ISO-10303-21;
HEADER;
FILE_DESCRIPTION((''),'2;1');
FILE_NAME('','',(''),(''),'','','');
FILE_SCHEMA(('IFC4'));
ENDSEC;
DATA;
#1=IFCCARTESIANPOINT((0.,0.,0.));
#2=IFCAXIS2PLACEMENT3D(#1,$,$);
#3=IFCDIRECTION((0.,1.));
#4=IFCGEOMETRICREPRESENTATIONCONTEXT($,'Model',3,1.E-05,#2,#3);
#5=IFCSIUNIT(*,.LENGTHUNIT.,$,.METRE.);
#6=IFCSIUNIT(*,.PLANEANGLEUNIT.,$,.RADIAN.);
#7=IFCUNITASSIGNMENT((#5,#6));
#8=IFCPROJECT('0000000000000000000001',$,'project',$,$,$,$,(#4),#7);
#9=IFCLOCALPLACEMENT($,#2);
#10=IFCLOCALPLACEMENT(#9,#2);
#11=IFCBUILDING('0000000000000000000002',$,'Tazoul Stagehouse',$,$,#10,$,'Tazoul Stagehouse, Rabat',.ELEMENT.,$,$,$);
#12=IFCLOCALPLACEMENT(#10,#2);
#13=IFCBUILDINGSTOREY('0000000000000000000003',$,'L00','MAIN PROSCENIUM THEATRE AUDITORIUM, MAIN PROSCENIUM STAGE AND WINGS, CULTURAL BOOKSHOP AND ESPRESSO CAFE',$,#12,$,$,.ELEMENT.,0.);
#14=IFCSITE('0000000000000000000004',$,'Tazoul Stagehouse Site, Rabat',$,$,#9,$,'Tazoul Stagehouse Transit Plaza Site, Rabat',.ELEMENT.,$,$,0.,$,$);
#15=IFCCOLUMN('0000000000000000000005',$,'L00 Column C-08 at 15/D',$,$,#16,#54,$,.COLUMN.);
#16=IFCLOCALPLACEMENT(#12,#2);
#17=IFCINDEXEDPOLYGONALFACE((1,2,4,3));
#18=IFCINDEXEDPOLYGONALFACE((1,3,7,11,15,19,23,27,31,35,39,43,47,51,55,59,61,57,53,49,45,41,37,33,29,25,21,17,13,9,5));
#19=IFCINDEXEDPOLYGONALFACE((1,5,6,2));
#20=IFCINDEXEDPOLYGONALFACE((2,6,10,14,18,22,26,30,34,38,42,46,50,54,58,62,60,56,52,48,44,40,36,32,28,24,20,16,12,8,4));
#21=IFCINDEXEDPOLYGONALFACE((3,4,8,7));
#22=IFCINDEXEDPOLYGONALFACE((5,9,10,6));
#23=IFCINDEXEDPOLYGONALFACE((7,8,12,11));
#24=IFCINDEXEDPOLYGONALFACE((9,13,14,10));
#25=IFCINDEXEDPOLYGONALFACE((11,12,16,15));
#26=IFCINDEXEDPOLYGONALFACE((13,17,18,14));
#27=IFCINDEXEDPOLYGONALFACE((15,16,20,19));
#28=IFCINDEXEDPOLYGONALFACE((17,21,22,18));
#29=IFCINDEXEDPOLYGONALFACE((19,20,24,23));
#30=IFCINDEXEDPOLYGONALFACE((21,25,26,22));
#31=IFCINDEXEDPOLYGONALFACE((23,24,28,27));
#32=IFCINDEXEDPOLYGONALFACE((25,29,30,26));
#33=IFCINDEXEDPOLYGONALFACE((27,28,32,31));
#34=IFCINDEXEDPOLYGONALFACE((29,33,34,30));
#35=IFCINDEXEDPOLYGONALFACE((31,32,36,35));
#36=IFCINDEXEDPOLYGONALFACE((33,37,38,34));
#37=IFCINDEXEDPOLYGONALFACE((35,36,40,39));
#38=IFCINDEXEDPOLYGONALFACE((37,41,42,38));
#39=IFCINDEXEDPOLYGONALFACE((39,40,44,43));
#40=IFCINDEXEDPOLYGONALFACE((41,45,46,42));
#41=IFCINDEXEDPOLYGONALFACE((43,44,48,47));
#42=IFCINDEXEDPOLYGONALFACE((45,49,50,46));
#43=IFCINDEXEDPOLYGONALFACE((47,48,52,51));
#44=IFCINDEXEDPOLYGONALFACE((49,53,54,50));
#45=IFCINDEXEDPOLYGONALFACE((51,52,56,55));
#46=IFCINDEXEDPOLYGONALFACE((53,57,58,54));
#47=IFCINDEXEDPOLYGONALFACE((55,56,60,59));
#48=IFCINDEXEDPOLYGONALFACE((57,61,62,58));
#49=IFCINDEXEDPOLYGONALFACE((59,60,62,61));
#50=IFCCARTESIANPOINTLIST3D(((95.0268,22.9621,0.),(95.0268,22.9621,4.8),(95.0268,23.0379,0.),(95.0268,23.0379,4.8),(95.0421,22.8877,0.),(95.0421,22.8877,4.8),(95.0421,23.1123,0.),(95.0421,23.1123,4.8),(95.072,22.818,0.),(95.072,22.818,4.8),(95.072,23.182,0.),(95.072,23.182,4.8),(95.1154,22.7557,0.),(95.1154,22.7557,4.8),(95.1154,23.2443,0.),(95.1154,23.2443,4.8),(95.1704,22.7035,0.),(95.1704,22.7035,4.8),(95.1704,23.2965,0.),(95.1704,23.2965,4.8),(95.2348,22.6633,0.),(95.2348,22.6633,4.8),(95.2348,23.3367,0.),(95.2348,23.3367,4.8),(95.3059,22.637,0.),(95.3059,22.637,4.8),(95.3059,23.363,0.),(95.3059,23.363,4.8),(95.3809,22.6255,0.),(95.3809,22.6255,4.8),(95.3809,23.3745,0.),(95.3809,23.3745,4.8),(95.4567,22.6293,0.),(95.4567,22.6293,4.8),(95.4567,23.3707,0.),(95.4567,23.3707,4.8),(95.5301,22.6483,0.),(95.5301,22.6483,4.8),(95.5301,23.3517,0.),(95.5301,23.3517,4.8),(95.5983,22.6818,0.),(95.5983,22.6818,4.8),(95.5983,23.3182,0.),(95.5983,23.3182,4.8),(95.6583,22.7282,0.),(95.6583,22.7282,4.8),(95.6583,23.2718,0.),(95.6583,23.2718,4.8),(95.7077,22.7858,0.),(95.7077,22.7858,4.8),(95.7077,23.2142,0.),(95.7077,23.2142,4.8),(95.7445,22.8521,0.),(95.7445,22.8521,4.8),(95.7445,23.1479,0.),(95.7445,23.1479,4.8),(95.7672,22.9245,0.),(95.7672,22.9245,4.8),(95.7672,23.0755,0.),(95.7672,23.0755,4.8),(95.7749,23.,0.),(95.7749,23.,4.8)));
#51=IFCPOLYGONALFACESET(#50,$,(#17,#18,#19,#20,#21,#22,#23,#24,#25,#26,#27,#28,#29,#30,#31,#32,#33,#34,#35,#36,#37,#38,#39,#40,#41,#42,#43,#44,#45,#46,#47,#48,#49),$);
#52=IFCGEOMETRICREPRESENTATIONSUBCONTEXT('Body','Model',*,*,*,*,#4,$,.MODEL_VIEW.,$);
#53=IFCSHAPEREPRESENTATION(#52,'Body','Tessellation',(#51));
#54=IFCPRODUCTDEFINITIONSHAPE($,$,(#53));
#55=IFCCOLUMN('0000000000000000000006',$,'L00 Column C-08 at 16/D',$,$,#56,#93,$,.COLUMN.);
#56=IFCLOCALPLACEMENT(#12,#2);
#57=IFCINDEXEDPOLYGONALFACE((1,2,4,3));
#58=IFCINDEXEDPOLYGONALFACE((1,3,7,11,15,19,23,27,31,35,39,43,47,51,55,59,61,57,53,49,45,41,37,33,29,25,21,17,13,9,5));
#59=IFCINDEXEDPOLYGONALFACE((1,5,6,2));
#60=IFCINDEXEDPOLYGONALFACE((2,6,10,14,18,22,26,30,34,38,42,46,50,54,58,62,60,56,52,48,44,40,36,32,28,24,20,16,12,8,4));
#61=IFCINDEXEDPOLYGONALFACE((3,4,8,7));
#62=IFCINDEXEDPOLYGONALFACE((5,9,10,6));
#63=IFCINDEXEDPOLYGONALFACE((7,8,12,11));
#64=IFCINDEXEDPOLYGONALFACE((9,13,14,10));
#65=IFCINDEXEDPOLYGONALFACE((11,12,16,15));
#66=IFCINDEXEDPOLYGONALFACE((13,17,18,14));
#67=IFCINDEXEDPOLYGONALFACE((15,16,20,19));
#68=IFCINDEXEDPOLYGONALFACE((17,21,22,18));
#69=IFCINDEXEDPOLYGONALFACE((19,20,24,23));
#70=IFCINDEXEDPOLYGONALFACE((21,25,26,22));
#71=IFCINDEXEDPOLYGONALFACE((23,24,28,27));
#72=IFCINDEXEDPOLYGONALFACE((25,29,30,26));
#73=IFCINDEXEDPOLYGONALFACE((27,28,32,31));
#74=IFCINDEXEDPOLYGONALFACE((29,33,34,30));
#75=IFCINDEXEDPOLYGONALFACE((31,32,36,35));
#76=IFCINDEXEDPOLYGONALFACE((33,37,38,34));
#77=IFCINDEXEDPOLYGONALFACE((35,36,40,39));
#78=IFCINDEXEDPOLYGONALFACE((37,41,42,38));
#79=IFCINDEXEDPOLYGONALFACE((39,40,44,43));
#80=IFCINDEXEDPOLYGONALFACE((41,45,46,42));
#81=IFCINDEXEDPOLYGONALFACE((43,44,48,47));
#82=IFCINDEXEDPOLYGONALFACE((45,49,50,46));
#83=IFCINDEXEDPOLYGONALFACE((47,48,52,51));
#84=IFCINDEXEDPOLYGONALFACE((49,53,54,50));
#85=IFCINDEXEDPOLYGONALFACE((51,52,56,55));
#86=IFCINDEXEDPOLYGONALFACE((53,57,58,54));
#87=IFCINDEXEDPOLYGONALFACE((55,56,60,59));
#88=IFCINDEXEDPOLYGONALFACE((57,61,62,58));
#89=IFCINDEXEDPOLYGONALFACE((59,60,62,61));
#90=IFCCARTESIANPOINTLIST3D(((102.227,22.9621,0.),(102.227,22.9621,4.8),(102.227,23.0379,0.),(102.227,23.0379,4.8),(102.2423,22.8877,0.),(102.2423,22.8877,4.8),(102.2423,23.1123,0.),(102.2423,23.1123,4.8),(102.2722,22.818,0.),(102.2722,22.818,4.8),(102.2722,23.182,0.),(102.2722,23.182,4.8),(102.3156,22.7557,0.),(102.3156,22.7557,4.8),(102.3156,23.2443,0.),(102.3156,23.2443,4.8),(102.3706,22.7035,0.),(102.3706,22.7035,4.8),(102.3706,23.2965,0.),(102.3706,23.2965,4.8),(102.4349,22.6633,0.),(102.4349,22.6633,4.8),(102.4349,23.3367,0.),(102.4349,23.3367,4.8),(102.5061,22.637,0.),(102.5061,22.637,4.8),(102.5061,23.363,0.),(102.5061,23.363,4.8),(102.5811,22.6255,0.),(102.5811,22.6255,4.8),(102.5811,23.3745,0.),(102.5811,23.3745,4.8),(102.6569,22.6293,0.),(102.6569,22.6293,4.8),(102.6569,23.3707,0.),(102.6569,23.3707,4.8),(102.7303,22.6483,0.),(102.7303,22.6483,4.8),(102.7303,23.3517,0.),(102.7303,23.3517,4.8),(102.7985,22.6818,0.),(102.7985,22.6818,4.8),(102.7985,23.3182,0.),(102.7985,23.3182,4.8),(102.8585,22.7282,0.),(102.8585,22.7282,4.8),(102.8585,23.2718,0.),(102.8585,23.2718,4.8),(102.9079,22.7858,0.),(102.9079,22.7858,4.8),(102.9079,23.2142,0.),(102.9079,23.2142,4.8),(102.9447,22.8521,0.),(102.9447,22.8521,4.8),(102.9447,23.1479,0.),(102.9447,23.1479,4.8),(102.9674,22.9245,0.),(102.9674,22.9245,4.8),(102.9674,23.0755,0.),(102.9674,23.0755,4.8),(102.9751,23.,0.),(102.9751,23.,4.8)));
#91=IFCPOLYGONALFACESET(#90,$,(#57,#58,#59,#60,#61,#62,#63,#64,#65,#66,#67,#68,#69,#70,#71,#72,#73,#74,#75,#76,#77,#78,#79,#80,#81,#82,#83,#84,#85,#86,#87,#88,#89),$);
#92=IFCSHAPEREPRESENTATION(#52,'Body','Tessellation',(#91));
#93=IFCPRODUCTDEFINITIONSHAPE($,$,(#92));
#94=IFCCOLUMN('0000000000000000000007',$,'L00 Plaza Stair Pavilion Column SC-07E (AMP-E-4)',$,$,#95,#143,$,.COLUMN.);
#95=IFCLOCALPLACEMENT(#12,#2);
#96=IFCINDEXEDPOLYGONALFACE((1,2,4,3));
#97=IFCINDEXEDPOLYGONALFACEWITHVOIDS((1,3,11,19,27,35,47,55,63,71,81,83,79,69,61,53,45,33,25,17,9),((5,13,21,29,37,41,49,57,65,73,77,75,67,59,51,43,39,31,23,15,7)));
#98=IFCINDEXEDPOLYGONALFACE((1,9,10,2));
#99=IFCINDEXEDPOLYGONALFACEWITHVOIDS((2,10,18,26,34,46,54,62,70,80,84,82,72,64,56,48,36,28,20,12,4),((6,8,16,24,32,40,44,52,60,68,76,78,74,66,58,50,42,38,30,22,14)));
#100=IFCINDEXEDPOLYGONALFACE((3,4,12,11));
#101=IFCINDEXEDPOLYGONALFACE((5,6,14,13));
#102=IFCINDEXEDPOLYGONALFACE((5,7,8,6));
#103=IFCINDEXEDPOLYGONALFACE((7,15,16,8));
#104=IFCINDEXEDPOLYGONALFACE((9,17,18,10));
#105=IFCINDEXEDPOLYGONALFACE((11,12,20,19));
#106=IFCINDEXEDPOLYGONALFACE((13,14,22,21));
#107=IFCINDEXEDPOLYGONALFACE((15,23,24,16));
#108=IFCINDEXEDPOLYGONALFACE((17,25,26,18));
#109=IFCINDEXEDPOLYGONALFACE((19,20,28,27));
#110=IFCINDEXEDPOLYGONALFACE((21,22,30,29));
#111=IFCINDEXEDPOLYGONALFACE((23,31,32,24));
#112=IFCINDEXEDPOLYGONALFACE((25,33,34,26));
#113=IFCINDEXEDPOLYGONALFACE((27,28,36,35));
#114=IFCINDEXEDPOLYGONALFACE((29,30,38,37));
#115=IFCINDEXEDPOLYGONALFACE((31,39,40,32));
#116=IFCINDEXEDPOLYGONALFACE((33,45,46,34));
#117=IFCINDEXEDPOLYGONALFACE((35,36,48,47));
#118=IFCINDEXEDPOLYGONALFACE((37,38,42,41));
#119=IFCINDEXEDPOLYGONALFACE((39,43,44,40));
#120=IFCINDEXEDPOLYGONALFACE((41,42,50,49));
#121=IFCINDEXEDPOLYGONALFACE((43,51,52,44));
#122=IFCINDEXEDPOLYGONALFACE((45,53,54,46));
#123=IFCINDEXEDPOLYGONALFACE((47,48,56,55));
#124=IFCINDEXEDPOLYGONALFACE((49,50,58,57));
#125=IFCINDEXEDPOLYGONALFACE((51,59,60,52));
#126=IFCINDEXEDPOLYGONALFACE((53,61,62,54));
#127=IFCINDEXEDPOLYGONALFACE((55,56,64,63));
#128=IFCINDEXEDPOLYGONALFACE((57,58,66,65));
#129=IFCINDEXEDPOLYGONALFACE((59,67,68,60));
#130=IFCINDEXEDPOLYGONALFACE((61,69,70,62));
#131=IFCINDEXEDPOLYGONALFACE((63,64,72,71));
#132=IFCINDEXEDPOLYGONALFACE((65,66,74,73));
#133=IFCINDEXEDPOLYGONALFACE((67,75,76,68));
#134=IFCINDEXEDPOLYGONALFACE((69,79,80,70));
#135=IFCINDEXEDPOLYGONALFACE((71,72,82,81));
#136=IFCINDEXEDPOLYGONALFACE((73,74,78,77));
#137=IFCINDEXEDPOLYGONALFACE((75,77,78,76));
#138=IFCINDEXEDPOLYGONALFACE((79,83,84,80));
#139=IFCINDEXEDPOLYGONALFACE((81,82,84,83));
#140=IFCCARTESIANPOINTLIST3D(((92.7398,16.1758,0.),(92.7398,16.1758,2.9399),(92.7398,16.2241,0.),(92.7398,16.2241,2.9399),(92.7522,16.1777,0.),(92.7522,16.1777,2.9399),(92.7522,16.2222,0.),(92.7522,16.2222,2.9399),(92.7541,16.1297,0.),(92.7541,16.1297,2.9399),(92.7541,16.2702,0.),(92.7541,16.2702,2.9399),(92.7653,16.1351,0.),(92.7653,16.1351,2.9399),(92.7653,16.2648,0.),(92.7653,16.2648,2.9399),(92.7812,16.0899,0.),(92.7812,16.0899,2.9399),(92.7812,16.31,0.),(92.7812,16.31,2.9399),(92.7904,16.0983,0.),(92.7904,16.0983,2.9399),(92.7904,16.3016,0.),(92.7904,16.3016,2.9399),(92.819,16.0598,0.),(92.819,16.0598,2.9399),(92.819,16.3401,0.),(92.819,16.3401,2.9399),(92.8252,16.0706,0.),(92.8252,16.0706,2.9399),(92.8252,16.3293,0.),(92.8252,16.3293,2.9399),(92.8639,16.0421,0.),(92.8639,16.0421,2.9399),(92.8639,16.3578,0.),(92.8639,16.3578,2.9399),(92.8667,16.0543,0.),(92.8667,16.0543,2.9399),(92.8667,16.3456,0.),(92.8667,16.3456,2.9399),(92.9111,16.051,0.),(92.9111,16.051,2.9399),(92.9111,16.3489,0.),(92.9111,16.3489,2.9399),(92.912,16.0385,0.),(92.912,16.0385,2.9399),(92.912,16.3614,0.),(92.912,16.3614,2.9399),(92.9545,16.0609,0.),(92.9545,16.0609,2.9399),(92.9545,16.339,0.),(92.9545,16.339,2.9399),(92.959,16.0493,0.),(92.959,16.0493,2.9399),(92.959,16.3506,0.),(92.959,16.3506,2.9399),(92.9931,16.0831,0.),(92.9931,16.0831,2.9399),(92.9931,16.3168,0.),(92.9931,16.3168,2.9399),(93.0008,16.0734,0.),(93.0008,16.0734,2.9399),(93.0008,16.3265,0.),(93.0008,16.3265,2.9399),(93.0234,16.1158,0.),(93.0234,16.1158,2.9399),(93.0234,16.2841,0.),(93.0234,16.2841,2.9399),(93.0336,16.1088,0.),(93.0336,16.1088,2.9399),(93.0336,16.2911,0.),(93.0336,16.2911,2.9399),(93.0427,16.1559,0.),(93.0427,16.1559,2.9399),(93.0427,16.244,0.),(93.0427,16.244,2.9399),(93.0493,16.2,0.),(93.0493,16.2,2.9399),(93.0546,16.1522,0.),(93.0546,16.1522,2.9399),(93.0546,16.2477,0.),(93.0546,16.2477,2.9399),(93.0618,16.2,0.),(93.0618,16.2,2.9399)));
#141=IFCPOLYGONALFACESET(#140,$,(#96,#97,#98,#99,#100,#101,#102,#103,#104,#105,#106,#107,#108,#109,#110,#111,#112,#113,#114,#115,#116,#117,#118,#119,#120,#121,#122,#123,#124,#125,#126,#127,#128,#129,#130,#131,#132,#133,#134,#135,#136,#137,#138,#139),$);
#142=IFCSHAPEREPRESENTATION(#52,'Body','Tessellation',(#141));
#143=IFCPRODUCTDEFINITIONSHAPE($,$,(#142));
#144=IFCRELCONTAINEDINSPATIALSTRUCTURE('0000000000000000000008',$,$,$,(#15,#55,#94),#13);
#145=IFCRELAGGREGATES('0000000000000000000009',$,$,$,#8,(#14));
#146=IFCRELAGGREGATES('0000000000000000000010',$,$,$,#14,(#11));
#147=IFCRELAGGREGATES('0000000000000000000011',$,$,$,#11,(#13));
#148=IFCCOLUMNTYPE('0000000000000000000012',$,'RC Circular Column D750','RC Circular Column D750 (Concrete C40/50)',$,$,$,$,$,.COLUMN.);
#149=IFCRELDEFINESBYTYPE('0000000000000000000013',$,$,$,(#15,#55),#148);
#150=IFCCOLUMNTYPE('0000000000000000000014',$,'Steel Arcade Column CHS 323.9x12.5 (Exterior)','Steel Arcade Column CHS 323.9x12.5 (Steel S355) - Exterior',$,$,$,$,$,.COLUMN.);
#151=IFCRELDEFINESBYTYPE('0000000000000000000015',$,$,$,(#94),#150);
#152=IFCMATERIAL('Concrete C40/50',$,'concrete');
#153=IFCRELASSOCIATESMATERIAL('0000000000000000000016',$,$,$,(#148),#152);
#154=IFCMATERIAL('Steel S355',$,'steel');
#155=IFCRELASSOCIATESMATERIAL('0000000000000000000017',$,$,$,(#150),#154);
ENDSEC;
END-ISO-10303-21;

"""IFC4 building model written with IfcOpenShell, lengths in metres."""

from ifc_helpers import new_model, si_unit, direction, frame, origin, origin_2d, place, context, subcontext, project, spatial, circle, hollow_circle, extrude, material, material_profile, profile_set, type_object, element, save


model = new_model("IFC4")

# Units and contexts
model_context = context("Model", 3, precision=1e-05, world=origin(), true_north=direction((0.0, 1.0)))
body_context = subcontext(model_context, "Body", "Model", "MODEL_VIEW")
ifc_project = project(units=[si_unit("LENGTHUNIT", "METRE"), si_unit("PLANEANGLEUNIT", "RADIAN")], contexts=[model_context])

# Site, building, storey
site_placement = place(None, origin())
site = spatial("IfcSite", under=ifc_project, at=site_placement, Name="Tazoul Stagehouse Site, Rabat", LongName="Tazoul Stagehouse Transit Plaza Site, Rabat", CompositionType="ELEMENT", RefElevation=0.0)
building_placement = place(site_placement, origin())
building = spatial("IfcBuilding", under=site, at=building_placement, Name="Tazoul Stagehouse", LongName="Tazoul Stagehouse, Rabat", CompositionType="ELEMENT")
storey_placement = place(building_placement, origin())
storey = spatial("IfcBuildingStorey", under=building, at=storey_placement, Name="L00", Description="MAIN PROSCENIUM THEATRE AUDITORIUM, MAIN PROSCENIUM STAGE AND WINGS, CULTURAL BOOKSHOP AND ESPRESSO CAFE", CompositionType="ELEMENT", Elevation=0.0)

# Columns
ifc_material_1 = material(Name="Concrete C40/50", Category="concrete")
ifc_material_profile_1 = material_profile(ifc_material_1, circle(Radius=0.375, at=origin_2d()), Name="RC D750")
ifc_profile_set_1 = profile_set([ifc_material_profile_1], Name="Concrete C40/50")
column_type_1 = type_object("IfcColumnType", Name="RC Circular Column D750", Description="RC Circular Column D750 (Concrete C40/50)", PredefinedType="COLUMN", material=ifc_profile_set_1)
for number, where, z_axis, x_axis, name in (
    (1, (95.3999, 23.0, 0.0), (0.0, 0.0, 1.0), (1.0, 0.0, 0.0), "L00 Column C-08 at 15/D"),
    (2, (102.6001, 23.0, 0.0), (0.0, 0.0, 1.0), (1.0, 0.0, 0.0), "L00 Column C-08 at 16/D"),
):
    element("IfcColumn", number, at=place(storey_placement, frame(where, z_axis=z_axis, x_axis=x_axis)), inside=storey, type_object=column_type_1, Name=name, PredefinedType="COLUMN", context=body_context, shape_type="SweptSolid", body=[
        extrude(circle(Radius=0.375, at=origin_2d()), origin(), (0.0, 0.0, 1.0), 4.8),
    ])
ifc_material_2 = material(Name="Steel S355", Category="steel")
ifc_material_profile_2 = material_profile(ifc_material_2, hollow_circle(Radius=0.1619, WallThickness=0.0125, at=origin_2d()), Name="CHS 323.9x12.5")
ifc_profile_set_2 = profile_set([ifc_material_profile_2], Name="Steel S355")
column_type_2 = type_object("IfcColumnType", Name="Steel Arcade Column CHS 323.9x12.5 (Exterior)", Description="Steel Arcade Column CHS 323.9x12.5 (Steel S355) - Exterior", PredefinedType="COLUMN", material=ifc_profile_set_2)
column_placement = place(storey_placement, frame((92.8999, 16.2, 0.0), z_axis=(0.0, 0.0, 1.0), x_axis=(1.0, 0.0, 0.0)))
element("IfcColumn", 3, at=column_placement, inside=storey, type_object=column_type_2, Name="L00 Plaza Stair Pavilion Column SC-07E (AMP-E-4)", PredefinedType="COLUMN", context=body_context, shape_type="SweptSolid", body=[
    extrude(hollow_circle(Radius=0.1619, WallThickness=0.0125, at=origin_2d()), origin(), (0.0, 0.0, 1.0), 2.9399),
])

save(model, "model.ifc")
